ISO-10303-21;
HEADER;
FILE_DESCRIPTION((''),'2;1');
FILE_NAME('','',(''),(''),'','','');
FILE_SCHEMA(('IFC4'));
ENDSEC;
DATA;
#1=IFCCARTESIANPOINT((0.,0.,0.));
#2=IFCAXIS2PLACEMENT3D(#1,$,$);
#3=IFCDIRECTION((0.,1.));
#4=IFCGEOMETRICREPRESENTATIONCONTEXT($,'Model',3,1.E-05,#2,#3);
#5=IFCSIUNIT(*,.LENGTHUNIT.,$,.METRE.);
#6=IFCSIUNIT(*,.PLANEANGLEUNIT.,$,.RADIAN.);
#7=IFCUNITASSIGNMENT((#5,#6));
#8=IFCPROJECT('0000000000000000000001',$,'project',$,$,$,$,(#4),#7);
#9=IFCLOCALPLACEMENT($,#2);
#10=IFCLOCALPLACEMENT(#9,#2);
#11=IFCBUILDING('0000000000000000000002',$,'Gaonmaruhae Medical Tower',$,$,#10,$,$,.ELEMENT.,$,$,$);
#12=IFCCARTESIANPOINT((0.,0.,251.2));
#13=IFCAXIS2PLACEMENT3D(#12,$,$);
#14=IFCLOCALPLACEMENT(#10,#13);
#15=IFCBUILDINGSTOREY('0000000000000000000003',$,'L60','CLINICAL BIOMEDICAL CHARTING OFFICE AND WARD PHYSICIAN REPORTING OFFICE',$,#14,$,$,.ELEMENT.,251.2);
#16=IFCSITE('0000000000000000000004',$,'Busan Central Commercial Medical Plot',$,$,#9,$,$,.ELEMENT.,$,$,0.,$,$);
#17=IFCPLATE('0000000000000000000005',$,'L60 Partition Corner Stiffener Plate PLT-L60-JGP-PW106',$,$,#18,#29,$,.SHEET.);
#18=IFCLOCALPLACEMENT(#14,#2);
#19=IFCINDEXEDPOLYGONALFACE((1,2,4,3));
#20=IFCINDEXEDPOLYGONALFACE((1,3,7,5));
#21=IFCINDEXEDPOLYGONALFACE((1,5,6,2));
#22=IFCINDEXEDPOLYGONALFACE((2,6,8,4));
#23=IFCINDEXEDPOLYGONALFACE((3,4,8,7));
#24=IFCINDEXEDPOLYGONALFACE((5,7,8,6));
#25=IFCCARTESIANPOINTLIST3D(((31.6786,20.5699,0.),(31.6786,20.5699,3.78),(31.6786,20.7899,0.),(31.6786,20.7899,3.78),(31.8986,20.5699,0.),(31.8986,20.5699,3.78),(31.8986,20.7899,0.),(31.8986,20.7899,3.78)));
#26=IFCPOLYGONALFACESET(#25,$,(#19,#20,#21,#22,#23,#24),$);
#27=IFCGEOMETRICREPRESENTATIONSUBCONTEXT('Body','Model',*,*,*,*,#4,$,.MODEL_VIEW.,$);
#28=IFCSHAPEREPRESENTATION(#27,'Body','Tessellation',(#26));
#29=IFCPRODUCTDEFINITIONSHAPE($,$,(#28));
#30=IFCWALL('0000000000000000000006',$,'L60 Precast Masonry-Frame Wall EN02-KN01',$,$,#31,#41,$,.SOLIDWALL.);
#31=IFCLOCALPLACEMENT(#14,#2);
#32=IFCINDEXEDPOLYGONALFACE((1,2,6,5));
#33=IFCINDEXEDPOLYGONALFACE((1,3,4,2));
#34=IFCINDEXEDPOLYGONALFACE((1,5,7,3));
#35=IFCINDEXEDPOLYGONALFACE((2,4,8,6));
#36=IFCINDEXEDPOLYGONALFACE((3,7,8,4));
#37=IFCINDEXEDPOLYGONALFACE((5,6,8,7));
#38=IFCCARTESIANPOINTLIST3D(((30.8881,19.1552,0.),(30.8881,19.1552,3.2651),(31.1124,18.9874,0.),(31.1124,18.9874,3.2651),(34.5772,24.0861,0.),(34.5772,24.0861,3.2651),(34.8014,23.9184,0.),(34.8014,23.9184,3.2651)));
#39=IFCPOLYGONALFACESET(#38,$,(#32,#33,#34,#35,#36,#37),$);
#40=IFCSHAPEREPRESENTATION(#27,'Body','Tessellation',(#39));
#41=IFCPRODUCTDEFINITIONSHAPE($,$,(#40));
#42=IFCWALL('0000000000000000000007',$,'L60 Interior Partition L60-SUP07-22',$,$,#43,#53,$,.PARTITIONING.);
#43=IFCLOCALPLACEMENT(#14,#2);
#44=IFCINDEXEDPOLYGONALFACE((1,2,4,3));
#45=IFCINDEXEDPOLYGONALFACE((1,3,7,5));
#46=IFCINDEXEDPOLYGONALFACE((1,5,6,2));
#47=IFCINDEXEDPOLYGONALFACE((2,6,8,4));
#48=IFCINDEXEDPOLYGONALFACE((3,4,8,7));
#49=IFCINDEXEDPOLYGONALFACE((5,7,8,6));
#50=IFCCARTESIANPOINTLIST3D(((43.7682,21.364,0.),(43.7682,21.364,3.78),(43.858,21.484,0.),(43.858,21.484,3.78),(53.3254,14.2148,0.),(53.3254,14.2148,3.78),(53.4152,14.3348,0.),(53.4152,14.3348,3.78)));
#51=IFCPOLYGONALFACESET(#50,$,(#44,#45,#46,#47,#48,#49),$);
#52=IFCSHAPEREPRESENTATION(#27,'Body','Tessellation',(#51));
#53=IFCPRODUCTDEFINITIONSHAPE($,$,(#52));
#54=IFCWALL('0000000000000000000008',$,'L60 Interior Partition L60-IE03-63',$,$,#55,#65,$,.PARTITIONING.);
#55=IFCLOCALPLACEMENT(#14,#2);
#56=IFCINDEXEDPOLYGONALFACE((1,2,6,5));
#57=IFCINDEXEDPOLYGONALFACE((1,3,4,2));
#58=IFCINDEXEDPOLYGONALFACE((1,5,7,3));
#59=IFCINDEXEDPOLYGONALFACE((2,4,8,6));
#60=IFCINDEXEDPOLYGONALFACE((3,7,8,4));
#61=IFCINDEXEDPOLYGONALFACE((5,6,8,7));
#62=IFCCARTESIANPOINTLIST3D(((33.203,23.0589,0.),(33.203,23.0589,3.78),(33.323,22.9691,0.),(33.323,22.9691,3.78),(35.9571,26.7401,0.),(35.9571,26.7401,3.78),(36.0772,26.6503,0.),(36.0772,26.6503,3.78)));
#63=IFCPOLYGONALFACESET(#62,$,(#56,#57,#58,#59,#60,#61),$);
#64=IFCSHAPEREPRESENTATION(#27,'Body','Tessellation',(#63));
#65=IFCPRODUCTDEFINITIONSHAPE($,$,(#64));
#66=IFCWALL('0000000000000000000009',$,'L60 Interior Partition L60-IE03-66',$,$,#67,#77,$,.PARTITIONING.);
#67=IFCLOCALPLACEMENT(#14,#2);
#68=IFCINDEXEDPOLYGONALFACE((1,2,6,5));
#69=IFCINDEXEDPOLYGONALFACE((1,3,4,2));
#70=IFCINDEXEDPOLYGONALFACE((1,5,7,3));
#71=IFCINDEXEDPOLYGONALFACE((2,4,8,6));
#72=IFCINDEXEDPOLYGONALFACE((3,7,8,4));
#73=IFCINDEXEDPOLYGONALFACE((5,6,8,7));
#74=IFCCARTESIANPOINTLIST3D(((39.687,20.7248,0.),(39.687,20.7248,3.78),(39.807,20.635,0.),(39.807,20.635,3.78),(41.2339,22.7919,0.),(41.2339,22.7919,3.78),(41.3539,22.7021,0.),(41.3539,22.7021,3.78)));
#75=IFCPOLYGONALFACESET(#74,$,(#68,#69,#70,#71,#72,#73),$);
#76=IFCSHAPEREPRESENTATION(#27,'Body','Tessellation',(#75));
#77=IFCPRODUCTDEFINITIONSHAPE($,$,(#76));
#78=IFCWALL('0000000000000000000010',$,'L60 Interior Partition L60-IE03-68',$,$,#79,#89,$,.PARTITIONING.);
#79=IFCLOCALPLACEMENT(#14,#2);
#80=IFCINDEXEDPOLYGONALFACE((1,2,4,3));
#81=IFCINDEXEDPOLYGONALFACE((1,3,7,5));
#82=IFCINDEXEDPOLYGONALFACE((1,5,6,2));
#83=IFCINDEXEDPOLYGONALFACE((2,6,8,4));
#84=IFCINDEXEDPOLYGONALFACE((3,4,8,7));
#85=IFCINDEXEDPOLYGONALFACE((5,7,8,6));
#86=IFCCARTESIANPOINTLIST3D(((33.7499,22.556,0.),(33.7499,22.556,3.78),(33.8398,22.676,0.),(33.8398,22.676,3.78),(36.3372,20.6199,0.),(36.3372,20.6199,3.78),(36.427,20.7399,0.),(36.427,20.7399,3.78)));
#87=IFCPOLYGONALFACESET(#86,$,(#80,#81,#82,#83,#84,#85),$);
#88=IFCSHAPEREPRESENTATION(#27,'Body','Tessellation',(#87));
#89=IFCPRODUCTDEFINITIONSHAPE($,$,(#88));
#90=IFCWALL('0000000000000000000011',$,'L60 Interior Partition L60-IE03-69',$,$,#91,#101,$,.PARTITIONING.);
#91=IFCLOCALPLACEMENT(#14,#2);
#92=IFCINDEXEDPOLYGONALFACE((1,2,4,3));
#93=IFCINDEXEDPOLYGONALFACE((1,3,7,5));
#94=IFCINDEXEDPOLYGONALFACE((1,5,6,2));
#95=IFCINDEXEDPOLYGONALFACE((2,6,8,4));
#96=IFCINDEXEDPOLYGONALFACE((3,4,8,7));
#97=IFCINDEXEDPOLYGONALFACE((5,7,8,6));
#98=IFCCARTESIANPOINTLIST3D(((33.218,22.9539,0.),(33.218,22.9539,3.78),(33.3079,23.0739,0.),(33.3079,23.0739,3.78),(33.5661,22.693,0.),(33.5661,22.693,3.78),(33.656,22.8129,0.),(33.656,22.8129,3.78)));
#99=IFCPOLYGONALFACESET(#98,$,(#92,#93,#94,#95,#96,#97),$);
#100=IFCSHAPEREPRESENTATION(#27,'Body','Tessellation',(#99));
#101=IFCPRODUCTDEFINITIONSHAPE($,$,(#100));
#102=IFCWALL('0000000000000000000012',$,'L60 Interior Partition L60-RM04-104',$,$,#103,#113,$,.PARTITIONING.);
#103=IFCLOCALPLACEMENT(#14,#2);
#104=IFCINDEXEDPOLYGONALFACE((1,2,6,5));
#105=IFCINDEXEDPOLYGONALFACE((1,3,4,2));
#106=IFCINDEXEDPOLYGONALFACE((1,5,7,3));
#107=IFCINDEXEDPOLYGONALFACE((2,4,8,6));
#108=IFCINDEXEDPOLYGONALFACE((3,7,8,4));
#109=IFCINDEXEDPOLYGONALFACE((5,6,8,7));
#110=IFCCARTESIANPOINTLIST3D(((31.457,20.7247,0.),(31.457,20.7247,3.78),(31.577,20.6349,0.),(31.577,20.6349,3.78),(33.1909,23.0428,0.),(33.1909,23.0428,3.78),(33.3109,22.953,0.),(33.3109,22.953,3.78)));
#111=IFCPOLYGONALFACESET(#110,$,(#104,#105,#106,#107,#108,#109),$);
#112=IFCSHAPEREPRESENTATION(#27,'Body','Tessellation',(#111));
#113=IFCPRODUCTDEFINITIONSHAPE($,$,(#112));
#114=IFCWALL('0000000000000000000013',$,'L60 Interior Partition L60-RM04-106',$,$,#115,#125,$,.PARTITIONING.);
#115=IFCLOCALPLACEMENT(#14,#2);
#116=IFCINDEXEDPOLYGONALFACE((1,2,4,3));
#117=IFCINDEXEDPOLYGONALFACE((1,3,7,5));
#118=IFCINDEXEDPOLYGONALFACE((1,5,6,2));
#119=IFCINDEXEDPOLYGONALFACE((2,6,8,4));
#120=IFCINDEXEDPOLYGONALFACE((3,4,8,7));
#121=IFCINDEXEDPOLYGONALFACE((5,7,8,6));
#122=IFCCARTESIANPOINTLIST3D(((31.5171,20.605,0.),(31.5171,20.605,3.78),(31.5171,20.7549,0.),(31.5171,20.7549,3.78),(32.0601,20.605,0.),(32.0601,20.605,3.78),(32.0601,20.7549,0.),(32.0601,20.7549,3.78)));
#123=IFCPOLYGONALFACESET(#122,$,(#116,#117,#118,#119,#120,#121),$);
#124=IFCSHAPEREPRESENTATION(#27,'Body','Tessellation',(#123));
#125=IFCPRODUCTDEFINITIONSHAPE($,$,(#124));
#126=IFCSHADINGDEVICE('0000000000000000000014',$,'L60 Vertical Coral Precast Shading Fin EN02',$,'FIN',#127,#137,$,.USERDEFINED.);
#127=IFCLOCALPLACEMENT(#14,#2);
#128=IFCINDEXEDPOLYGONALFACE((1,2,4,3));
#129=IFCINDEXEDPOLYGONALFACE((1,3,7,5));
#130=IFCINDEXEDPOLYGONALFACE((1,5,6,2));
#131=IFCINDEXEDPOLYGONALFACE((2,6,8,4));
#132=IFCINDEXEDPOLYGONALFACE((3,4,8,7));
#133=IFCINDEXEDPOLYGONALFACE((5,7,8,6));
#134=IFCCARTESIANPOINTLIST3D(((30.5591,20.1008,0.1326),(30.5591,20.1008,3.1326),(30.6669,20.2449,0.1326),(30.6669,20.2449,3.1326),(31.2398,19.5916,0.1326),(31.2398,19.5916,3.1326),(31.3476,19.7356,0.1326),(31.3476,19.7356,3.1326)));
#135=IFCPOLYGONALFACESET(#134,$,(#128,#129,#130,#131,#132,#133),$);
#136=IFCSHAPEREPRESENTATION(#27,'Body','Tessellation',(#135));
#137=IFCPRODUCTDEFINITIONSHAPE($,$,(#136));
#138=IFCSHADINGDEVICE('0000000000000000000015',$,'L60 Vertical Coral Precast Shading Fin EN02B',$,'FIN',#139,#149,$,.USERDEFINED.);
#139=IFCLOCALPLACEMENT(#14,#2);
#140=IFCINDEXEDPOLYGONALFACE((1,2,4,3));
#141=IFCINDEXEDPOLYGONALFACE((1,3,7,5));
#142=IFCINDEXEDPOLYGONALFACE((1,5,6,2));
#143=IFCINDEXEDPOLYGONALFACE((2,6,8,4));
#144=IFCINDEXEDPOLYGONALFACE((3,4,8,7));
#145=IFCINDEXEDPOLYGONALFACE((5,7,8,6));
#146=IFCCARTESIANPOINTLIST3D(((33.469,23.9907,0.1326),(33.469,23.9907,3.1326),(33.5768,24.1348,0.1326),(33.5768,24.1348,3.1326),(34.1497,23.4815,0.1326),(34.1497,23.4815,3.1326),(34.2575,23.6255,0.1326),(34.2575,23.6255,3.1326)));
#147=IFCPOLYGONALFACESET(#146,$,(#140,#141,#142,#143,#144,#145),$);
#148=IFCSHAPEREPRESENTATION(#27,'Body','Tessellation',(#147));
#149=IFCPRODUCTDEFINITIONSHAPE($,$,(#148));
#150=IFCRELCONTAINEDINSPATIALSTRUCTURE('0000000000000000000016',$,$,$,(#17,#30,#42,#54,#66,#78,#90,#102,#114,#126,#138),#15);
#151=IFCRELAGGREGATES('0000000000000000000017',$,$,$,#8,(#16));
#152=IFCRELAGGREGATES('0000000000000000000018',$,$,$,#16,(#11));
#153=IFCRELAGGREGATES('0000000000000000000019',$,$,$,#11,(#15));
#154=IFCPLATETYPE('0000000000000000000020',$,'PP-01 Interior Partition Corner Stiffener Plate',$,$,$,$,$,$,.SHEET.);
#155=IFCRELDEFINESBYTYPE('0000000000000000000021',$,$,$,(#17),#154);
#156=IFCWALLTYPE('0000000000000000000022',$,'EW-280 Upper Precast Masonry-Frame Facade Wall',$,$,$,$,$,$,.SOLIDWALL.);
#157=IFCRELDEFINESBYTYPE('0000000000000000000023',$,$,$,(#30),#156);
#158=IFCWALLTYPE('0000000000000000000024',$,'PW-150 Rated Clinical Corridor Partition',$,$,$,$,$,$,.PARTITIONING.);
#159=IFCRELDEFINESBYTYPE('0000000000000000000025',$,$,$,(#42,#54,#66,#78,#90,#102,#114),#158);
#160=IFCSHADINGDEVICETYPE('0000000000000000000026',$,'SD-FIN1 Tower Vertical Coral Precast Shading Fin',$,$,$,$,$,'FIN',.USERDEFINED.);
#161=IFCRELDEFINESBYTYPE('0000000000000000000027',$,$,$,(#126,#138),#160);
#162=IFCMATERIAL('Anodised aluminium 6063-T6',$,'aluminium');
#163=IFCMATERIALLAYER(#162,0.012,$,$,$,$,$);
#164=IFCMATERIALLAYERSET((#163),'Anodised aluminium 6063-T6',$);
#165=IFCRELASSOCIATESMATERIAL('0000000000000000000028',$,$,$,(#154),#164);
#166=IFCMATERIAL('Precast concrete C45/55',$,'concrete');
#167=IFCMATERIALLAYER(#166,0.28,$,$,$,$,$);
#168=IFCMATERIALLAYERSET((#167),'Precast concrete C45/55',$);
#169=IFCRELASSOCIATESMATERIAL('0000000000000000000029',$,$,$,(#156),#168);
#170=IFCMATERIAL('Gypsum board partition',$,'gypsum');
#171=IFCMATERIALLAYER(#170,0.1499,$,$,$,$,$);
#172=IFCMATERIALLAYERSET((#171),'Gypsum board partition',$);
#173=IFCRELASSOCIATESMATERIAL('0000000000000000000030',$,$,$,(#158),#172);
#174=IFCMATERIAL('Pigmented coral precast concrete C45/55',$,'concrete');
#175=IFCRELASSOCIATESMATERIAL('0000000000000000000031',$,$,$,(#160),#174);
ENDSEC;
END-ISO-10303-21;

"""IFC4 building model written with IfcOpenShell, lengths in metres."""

from ifc_helpers import new_model, si_unit, direction, frame, frame_2d, origin, origin_2d, place, context, subcontext, project, spatial, rectangle, extrude, material, layer, layer_set, type_object, element, save


model = new_model("IFC4")

# Units and contexts
model_context = context("Model", 3, precision=1e-05, world=origin(), true_north=direction((0.0, 1.0)))
body_context = subcontext(model_context, "Body", "Model", "MODEL_VIEW")
ifc_project = project(units=[si_unit("LENGTHUNIT", "METRE"), si_unit("PLANEANGLEUNIT", "RADIAN")], contexts=[model_context])

# Site, building, storey
site_placement = place(None, origin())
site = spatial("IfcSite", under=ifc_project, at=site_placement, Name="Busan Central Commercial Medical Plot", CompositionType="ELEMENT", RefElevation=0.0)
building_placement = place(site_placement, origin())
building = spatial("IfcBuilding", under=site, at=building_placement, Name="Gaonmaruhae Medical Tower", CompositionType="ELEMENT")
storey_placement = place(building_placement, frame((0.0, 0.0, 251.2)))
storey = spatial("IfcBuildingStorey", under=building, at=storey_placement, Name="L60", Description="CLINICAL BIOMEDICAL CHARTING OFFICE AND WARD PHYSICIAN REPORTING OFFICE", CompositionType="ELEMENT", Elevation=251.2)

# Plate
ifc_material_1 = material(Name="Anodised aluminium 6063-T6", Category="aluminium")
ifc_layer_1 = layer(ifc_material_1, 0.012)
ifc_layer_set_1 = layer_set([ifc_layer_1], Name="Anodised aluminium 6063-T6")
plate_type = type_object("IfcPlateType", Name="PP-01 Interior Partition Corner Stiffener Plate", PredefinedType="SHEET", material=ifc_layer_set_1)
for number, where, z_axis, x_axis, name in (
    (1, (31.7886, 20.6799, 0.0), (0.0, 0.0, 1.0), (-1.0, 0.0, 0.0), "L60 Partition Corner Stiffener Plate PLT-L60-JGP-PW106"),
):
    element("IfcPlate", number, at=place(storey_placement, frame(where, z_axis=z_axis, x_axis=x_axis)), inside=storey, type_object=plate_type, Name=name, PredefinedType="SHEET", context=body_context, shape_type="SweptSolid", body=[
        extrude(rectangle(XDim=0.22, YDim=0.22, at=origin_2d()), origin(), (0.0, 0.0, 1.0), 3.78),
    ])

# Walls
ifc_material_2 = material(Name="Precast concrete C45/55", Category="concrete")
ifc_layer_2 = layer(ifc_material_2, 0.28)
ifc_layer_set_2 = layer_set([ifc_layer_2], Name="Precast concrete C45/55")
wall_type_1 = type_object("IfcWallType", Name="EW-280 Upper Precast Masonry-Frame Facade Wall", PredefinedType="SOLIDWALL", material=ifc_layer_set_2)
wall_1_placement = place(storey_placement, frame((31.0002, 19.0713, 0.0), z_axis=(0.0, 0.0, 1.0), x_axis=(0.599042, 0.800718, 0.0)))
element("IfcWall", 2, at=wall_1_placement, inside=storey, type_object=wall_type_1, Name="L60 Precast Masonry-Frame Wall EN02-KN01", PredefinedType="SOLIDWALL", context=body_context, shape_type="SweptSolid", body=[
    extrude(rectangle(XDim=6.1582, YDim=0.28, at=frame_2d((3.0791, 0.0))), origin(), (0.0, 0.0, 1.0), 3.2651),
])
ifc_material_3 = material(Name="Gypsum board partition", Category="gypsum")
ifc_layer_3 = layer(ifc_material_3, 0.1499)
ifc_layer_set_3 = layer_set([ifc_layer_3], Name="Gypsum board partition")
wall_type_2 = type_object("IfcWallType", Name="PW-150 Rated Clinical Corridor Partition", PredefinedType="PARTITIONING", material=ifc_layer_set_3)
wall_2_placement = place(storey_placement, frame((43.813, 21.4241, 0.0), z_axis=(0.0, 0.0, 1.0), x_axis=(0.80075, -0.598998, 0.0)))
element("IfcWall", 3, at=wall_2_placement, inside=storey, type_object=wall_type_2, Name="L60 Interior Partition L60-SUP07-22", PredefinedType="PARTITIONING", context=body_context, shape_type="SweptSolid", body=[
    extrude(rectangle(XDim=11.9353, YDim=0.1499, at=frame_2d((5.9678, 0.0))), origin(), (0.0, 0.0, 1.0), 3.78),
])

# Walls
wall_3_placement = place(storey_placement, frame((33.2629, 23.0139, 0.0), z_axis=(0.0, 0.0, 1.0), x_axis=(0.599065, 0.8007, 0.0)))
element("IfcWall", 4, at=wall_3_placement, inside=storey, type_object=wall_type_2, Name="L60 Interior Partition L60-IE03-63", PredefinedType="PARTITIONING", context=body_context, shape_type="SweptSolid", body=[
    extrude(rectangle(XDim=4.5974, YDim=0.1499, at=frame_2d((2.2988, 0.0))), origin(), (0.0, 0.0, 1.0), 3.78),
])
wall_4_placement = place(storey_placement, frame((41.2939, 22.7471, 0.0), z_axis=(0.0, 0.0, 1.0), x_axis=(-0.599137, -0.800646, 0.0)))
element("IfcWall", 5, at=wall_4_placement, inside=storey, type_object=wall_type_2, Name="L60 Interior Partition L60-IE03-66", PredefinedType="PARTITIONING", context=body_context, shape_type="SweptSolid", body=[
    extrude(rectangle(XDim=2.5818, YDim=0.1499, at=frame_2d((1.291, 0.0))), origin(), (0.0, 0.0, 1.0), 3.78),
])

# Walls
wall_5_placement = place(storey_placement, frame((36.3821, 20.6799, 0.0), z_axis=(0.0, 0.0, 1.0), x_axis=(-0.800643, 0.599141, 0.0)))
element("IfcWall", 6, at=wall_5_placement, inside=storey, type_object=wall_type_2, Name="L60 Interior Partition L60-IE03-68", PredefinedType="PARTITIONING", context=body_context, shape_type="SweptSolid", body=[
    extrude(rectangle(XDim=3.2314, YDim=0.1499, at=frame_2d((1.6157, 0.0))), origin(), (0.0, 0.0, 1.0), 3.78),
])
wall_6_placement = place(storey_placement, frame((33.6111, 22.7529, 0.0), z_axis=(0.0, 0.0, 1.0), x_axis=(-0.800135, 0.59982, 0.0)))
element("IfcWall", 7, at=wall_6_placement, inside=storey, type_object=wall_type_2, Name="L60 Interior Partition L60-IE03-69", PredefinedType="PARTITIONING", context=body_context, shape_type="SweptSolid", body=[
    extrude(rectangle(XDim=0.4351, YDim=0.1499, at=frame_2d((0.2175, 0.0))), origin(), (0.0, 0.0, 1.0), 3.78),
])
wall_7_placement = place(storey_placement, frame((31.5171, 20.6799, 0.0), z_axis=(0.0, 0.0, 1.0), x_axis=(0.59896, 0.800779, 0.0)))
element("IfcWall", 8, at=wall_7_placement, inside=storey, type_object=wall_type_2, Name="L60 Interior Partition L60-RM04-104", PredefinedType="PARTITIONING", context=body_context, shape_type="SweptSolid", body=[
    extrude(rectangle(XDim=2.8948, YDim=0.1499, at=frame_2d((1.4473, 0.0))), origin(), (0.0, 0.0, 1.0), 3.78),
])

# Wall
wall_8_placement = place(storey_placement, frame((32.0601, 20.6799, 0.0), z_axis=(0.0, 0.0, 1.0), x_axis=(-1.0, 0.0, 0.0)))
element("IfcWall", 9, at=wall_8_placement, inside=storey, type_object=wall_type_2, Name="L60 Interior Partition L60-RM04-106", PredefinedType="PARTITIONING", context=body_context, shape_type="SweptSolid", body=[
    extrude(rectangle(XDim=0.543, YDim=0.1499, at=frame_2d((0.2715, 0.0))), origin(), (0.0, 0.0, 1.0), 3.78),
])

# Shading devices
ifc_material_4 = material(Name="Pigmented coral precast concrete C45/55", Category="concrete")
shading_device_type = type_object("IfcShadingDeviceType", Name="SD-FIN1 Tower Vertical Coral Precast Shading Fin", ElementType="FIN", PredefinedType="USERDEFINED", material=ifc_material_4)
for number, where, z_axis, x_axis, name in (
    (10, (30.9534, 19.9182, 0.1326), (0.0, 0.0, 1.0), (0.599024, 0.800731, 0.0), "L60 Vertical Coral Precast Shading Fin EN02"),
    (11, (33.8633, 23.8081, 0.1326), (0.0, 0.0, 1.0), (0.599024, 0.800731, 0.0), "L60 Vertical Coral Precast Shading Fin EN02B"),
):
    element("IfcShadingDevice", number, at=place(storey_placement, frame(where, z_axis=z_axis, x_axis=x_axis)), inside=storey, type_object=shading_device_type, Name=name, ObjectType="FIN", PredefinedType="USERDEFINED", context=body_context, shape_type="SweptSolid", body=[
        extrude(rectangle(XDim=0.1799, YDim=0.8501, at=origin_2d()), origin(), (0.0, 0.0, 1.0), 3.0),
    ])

save(model, "model.ifc")
